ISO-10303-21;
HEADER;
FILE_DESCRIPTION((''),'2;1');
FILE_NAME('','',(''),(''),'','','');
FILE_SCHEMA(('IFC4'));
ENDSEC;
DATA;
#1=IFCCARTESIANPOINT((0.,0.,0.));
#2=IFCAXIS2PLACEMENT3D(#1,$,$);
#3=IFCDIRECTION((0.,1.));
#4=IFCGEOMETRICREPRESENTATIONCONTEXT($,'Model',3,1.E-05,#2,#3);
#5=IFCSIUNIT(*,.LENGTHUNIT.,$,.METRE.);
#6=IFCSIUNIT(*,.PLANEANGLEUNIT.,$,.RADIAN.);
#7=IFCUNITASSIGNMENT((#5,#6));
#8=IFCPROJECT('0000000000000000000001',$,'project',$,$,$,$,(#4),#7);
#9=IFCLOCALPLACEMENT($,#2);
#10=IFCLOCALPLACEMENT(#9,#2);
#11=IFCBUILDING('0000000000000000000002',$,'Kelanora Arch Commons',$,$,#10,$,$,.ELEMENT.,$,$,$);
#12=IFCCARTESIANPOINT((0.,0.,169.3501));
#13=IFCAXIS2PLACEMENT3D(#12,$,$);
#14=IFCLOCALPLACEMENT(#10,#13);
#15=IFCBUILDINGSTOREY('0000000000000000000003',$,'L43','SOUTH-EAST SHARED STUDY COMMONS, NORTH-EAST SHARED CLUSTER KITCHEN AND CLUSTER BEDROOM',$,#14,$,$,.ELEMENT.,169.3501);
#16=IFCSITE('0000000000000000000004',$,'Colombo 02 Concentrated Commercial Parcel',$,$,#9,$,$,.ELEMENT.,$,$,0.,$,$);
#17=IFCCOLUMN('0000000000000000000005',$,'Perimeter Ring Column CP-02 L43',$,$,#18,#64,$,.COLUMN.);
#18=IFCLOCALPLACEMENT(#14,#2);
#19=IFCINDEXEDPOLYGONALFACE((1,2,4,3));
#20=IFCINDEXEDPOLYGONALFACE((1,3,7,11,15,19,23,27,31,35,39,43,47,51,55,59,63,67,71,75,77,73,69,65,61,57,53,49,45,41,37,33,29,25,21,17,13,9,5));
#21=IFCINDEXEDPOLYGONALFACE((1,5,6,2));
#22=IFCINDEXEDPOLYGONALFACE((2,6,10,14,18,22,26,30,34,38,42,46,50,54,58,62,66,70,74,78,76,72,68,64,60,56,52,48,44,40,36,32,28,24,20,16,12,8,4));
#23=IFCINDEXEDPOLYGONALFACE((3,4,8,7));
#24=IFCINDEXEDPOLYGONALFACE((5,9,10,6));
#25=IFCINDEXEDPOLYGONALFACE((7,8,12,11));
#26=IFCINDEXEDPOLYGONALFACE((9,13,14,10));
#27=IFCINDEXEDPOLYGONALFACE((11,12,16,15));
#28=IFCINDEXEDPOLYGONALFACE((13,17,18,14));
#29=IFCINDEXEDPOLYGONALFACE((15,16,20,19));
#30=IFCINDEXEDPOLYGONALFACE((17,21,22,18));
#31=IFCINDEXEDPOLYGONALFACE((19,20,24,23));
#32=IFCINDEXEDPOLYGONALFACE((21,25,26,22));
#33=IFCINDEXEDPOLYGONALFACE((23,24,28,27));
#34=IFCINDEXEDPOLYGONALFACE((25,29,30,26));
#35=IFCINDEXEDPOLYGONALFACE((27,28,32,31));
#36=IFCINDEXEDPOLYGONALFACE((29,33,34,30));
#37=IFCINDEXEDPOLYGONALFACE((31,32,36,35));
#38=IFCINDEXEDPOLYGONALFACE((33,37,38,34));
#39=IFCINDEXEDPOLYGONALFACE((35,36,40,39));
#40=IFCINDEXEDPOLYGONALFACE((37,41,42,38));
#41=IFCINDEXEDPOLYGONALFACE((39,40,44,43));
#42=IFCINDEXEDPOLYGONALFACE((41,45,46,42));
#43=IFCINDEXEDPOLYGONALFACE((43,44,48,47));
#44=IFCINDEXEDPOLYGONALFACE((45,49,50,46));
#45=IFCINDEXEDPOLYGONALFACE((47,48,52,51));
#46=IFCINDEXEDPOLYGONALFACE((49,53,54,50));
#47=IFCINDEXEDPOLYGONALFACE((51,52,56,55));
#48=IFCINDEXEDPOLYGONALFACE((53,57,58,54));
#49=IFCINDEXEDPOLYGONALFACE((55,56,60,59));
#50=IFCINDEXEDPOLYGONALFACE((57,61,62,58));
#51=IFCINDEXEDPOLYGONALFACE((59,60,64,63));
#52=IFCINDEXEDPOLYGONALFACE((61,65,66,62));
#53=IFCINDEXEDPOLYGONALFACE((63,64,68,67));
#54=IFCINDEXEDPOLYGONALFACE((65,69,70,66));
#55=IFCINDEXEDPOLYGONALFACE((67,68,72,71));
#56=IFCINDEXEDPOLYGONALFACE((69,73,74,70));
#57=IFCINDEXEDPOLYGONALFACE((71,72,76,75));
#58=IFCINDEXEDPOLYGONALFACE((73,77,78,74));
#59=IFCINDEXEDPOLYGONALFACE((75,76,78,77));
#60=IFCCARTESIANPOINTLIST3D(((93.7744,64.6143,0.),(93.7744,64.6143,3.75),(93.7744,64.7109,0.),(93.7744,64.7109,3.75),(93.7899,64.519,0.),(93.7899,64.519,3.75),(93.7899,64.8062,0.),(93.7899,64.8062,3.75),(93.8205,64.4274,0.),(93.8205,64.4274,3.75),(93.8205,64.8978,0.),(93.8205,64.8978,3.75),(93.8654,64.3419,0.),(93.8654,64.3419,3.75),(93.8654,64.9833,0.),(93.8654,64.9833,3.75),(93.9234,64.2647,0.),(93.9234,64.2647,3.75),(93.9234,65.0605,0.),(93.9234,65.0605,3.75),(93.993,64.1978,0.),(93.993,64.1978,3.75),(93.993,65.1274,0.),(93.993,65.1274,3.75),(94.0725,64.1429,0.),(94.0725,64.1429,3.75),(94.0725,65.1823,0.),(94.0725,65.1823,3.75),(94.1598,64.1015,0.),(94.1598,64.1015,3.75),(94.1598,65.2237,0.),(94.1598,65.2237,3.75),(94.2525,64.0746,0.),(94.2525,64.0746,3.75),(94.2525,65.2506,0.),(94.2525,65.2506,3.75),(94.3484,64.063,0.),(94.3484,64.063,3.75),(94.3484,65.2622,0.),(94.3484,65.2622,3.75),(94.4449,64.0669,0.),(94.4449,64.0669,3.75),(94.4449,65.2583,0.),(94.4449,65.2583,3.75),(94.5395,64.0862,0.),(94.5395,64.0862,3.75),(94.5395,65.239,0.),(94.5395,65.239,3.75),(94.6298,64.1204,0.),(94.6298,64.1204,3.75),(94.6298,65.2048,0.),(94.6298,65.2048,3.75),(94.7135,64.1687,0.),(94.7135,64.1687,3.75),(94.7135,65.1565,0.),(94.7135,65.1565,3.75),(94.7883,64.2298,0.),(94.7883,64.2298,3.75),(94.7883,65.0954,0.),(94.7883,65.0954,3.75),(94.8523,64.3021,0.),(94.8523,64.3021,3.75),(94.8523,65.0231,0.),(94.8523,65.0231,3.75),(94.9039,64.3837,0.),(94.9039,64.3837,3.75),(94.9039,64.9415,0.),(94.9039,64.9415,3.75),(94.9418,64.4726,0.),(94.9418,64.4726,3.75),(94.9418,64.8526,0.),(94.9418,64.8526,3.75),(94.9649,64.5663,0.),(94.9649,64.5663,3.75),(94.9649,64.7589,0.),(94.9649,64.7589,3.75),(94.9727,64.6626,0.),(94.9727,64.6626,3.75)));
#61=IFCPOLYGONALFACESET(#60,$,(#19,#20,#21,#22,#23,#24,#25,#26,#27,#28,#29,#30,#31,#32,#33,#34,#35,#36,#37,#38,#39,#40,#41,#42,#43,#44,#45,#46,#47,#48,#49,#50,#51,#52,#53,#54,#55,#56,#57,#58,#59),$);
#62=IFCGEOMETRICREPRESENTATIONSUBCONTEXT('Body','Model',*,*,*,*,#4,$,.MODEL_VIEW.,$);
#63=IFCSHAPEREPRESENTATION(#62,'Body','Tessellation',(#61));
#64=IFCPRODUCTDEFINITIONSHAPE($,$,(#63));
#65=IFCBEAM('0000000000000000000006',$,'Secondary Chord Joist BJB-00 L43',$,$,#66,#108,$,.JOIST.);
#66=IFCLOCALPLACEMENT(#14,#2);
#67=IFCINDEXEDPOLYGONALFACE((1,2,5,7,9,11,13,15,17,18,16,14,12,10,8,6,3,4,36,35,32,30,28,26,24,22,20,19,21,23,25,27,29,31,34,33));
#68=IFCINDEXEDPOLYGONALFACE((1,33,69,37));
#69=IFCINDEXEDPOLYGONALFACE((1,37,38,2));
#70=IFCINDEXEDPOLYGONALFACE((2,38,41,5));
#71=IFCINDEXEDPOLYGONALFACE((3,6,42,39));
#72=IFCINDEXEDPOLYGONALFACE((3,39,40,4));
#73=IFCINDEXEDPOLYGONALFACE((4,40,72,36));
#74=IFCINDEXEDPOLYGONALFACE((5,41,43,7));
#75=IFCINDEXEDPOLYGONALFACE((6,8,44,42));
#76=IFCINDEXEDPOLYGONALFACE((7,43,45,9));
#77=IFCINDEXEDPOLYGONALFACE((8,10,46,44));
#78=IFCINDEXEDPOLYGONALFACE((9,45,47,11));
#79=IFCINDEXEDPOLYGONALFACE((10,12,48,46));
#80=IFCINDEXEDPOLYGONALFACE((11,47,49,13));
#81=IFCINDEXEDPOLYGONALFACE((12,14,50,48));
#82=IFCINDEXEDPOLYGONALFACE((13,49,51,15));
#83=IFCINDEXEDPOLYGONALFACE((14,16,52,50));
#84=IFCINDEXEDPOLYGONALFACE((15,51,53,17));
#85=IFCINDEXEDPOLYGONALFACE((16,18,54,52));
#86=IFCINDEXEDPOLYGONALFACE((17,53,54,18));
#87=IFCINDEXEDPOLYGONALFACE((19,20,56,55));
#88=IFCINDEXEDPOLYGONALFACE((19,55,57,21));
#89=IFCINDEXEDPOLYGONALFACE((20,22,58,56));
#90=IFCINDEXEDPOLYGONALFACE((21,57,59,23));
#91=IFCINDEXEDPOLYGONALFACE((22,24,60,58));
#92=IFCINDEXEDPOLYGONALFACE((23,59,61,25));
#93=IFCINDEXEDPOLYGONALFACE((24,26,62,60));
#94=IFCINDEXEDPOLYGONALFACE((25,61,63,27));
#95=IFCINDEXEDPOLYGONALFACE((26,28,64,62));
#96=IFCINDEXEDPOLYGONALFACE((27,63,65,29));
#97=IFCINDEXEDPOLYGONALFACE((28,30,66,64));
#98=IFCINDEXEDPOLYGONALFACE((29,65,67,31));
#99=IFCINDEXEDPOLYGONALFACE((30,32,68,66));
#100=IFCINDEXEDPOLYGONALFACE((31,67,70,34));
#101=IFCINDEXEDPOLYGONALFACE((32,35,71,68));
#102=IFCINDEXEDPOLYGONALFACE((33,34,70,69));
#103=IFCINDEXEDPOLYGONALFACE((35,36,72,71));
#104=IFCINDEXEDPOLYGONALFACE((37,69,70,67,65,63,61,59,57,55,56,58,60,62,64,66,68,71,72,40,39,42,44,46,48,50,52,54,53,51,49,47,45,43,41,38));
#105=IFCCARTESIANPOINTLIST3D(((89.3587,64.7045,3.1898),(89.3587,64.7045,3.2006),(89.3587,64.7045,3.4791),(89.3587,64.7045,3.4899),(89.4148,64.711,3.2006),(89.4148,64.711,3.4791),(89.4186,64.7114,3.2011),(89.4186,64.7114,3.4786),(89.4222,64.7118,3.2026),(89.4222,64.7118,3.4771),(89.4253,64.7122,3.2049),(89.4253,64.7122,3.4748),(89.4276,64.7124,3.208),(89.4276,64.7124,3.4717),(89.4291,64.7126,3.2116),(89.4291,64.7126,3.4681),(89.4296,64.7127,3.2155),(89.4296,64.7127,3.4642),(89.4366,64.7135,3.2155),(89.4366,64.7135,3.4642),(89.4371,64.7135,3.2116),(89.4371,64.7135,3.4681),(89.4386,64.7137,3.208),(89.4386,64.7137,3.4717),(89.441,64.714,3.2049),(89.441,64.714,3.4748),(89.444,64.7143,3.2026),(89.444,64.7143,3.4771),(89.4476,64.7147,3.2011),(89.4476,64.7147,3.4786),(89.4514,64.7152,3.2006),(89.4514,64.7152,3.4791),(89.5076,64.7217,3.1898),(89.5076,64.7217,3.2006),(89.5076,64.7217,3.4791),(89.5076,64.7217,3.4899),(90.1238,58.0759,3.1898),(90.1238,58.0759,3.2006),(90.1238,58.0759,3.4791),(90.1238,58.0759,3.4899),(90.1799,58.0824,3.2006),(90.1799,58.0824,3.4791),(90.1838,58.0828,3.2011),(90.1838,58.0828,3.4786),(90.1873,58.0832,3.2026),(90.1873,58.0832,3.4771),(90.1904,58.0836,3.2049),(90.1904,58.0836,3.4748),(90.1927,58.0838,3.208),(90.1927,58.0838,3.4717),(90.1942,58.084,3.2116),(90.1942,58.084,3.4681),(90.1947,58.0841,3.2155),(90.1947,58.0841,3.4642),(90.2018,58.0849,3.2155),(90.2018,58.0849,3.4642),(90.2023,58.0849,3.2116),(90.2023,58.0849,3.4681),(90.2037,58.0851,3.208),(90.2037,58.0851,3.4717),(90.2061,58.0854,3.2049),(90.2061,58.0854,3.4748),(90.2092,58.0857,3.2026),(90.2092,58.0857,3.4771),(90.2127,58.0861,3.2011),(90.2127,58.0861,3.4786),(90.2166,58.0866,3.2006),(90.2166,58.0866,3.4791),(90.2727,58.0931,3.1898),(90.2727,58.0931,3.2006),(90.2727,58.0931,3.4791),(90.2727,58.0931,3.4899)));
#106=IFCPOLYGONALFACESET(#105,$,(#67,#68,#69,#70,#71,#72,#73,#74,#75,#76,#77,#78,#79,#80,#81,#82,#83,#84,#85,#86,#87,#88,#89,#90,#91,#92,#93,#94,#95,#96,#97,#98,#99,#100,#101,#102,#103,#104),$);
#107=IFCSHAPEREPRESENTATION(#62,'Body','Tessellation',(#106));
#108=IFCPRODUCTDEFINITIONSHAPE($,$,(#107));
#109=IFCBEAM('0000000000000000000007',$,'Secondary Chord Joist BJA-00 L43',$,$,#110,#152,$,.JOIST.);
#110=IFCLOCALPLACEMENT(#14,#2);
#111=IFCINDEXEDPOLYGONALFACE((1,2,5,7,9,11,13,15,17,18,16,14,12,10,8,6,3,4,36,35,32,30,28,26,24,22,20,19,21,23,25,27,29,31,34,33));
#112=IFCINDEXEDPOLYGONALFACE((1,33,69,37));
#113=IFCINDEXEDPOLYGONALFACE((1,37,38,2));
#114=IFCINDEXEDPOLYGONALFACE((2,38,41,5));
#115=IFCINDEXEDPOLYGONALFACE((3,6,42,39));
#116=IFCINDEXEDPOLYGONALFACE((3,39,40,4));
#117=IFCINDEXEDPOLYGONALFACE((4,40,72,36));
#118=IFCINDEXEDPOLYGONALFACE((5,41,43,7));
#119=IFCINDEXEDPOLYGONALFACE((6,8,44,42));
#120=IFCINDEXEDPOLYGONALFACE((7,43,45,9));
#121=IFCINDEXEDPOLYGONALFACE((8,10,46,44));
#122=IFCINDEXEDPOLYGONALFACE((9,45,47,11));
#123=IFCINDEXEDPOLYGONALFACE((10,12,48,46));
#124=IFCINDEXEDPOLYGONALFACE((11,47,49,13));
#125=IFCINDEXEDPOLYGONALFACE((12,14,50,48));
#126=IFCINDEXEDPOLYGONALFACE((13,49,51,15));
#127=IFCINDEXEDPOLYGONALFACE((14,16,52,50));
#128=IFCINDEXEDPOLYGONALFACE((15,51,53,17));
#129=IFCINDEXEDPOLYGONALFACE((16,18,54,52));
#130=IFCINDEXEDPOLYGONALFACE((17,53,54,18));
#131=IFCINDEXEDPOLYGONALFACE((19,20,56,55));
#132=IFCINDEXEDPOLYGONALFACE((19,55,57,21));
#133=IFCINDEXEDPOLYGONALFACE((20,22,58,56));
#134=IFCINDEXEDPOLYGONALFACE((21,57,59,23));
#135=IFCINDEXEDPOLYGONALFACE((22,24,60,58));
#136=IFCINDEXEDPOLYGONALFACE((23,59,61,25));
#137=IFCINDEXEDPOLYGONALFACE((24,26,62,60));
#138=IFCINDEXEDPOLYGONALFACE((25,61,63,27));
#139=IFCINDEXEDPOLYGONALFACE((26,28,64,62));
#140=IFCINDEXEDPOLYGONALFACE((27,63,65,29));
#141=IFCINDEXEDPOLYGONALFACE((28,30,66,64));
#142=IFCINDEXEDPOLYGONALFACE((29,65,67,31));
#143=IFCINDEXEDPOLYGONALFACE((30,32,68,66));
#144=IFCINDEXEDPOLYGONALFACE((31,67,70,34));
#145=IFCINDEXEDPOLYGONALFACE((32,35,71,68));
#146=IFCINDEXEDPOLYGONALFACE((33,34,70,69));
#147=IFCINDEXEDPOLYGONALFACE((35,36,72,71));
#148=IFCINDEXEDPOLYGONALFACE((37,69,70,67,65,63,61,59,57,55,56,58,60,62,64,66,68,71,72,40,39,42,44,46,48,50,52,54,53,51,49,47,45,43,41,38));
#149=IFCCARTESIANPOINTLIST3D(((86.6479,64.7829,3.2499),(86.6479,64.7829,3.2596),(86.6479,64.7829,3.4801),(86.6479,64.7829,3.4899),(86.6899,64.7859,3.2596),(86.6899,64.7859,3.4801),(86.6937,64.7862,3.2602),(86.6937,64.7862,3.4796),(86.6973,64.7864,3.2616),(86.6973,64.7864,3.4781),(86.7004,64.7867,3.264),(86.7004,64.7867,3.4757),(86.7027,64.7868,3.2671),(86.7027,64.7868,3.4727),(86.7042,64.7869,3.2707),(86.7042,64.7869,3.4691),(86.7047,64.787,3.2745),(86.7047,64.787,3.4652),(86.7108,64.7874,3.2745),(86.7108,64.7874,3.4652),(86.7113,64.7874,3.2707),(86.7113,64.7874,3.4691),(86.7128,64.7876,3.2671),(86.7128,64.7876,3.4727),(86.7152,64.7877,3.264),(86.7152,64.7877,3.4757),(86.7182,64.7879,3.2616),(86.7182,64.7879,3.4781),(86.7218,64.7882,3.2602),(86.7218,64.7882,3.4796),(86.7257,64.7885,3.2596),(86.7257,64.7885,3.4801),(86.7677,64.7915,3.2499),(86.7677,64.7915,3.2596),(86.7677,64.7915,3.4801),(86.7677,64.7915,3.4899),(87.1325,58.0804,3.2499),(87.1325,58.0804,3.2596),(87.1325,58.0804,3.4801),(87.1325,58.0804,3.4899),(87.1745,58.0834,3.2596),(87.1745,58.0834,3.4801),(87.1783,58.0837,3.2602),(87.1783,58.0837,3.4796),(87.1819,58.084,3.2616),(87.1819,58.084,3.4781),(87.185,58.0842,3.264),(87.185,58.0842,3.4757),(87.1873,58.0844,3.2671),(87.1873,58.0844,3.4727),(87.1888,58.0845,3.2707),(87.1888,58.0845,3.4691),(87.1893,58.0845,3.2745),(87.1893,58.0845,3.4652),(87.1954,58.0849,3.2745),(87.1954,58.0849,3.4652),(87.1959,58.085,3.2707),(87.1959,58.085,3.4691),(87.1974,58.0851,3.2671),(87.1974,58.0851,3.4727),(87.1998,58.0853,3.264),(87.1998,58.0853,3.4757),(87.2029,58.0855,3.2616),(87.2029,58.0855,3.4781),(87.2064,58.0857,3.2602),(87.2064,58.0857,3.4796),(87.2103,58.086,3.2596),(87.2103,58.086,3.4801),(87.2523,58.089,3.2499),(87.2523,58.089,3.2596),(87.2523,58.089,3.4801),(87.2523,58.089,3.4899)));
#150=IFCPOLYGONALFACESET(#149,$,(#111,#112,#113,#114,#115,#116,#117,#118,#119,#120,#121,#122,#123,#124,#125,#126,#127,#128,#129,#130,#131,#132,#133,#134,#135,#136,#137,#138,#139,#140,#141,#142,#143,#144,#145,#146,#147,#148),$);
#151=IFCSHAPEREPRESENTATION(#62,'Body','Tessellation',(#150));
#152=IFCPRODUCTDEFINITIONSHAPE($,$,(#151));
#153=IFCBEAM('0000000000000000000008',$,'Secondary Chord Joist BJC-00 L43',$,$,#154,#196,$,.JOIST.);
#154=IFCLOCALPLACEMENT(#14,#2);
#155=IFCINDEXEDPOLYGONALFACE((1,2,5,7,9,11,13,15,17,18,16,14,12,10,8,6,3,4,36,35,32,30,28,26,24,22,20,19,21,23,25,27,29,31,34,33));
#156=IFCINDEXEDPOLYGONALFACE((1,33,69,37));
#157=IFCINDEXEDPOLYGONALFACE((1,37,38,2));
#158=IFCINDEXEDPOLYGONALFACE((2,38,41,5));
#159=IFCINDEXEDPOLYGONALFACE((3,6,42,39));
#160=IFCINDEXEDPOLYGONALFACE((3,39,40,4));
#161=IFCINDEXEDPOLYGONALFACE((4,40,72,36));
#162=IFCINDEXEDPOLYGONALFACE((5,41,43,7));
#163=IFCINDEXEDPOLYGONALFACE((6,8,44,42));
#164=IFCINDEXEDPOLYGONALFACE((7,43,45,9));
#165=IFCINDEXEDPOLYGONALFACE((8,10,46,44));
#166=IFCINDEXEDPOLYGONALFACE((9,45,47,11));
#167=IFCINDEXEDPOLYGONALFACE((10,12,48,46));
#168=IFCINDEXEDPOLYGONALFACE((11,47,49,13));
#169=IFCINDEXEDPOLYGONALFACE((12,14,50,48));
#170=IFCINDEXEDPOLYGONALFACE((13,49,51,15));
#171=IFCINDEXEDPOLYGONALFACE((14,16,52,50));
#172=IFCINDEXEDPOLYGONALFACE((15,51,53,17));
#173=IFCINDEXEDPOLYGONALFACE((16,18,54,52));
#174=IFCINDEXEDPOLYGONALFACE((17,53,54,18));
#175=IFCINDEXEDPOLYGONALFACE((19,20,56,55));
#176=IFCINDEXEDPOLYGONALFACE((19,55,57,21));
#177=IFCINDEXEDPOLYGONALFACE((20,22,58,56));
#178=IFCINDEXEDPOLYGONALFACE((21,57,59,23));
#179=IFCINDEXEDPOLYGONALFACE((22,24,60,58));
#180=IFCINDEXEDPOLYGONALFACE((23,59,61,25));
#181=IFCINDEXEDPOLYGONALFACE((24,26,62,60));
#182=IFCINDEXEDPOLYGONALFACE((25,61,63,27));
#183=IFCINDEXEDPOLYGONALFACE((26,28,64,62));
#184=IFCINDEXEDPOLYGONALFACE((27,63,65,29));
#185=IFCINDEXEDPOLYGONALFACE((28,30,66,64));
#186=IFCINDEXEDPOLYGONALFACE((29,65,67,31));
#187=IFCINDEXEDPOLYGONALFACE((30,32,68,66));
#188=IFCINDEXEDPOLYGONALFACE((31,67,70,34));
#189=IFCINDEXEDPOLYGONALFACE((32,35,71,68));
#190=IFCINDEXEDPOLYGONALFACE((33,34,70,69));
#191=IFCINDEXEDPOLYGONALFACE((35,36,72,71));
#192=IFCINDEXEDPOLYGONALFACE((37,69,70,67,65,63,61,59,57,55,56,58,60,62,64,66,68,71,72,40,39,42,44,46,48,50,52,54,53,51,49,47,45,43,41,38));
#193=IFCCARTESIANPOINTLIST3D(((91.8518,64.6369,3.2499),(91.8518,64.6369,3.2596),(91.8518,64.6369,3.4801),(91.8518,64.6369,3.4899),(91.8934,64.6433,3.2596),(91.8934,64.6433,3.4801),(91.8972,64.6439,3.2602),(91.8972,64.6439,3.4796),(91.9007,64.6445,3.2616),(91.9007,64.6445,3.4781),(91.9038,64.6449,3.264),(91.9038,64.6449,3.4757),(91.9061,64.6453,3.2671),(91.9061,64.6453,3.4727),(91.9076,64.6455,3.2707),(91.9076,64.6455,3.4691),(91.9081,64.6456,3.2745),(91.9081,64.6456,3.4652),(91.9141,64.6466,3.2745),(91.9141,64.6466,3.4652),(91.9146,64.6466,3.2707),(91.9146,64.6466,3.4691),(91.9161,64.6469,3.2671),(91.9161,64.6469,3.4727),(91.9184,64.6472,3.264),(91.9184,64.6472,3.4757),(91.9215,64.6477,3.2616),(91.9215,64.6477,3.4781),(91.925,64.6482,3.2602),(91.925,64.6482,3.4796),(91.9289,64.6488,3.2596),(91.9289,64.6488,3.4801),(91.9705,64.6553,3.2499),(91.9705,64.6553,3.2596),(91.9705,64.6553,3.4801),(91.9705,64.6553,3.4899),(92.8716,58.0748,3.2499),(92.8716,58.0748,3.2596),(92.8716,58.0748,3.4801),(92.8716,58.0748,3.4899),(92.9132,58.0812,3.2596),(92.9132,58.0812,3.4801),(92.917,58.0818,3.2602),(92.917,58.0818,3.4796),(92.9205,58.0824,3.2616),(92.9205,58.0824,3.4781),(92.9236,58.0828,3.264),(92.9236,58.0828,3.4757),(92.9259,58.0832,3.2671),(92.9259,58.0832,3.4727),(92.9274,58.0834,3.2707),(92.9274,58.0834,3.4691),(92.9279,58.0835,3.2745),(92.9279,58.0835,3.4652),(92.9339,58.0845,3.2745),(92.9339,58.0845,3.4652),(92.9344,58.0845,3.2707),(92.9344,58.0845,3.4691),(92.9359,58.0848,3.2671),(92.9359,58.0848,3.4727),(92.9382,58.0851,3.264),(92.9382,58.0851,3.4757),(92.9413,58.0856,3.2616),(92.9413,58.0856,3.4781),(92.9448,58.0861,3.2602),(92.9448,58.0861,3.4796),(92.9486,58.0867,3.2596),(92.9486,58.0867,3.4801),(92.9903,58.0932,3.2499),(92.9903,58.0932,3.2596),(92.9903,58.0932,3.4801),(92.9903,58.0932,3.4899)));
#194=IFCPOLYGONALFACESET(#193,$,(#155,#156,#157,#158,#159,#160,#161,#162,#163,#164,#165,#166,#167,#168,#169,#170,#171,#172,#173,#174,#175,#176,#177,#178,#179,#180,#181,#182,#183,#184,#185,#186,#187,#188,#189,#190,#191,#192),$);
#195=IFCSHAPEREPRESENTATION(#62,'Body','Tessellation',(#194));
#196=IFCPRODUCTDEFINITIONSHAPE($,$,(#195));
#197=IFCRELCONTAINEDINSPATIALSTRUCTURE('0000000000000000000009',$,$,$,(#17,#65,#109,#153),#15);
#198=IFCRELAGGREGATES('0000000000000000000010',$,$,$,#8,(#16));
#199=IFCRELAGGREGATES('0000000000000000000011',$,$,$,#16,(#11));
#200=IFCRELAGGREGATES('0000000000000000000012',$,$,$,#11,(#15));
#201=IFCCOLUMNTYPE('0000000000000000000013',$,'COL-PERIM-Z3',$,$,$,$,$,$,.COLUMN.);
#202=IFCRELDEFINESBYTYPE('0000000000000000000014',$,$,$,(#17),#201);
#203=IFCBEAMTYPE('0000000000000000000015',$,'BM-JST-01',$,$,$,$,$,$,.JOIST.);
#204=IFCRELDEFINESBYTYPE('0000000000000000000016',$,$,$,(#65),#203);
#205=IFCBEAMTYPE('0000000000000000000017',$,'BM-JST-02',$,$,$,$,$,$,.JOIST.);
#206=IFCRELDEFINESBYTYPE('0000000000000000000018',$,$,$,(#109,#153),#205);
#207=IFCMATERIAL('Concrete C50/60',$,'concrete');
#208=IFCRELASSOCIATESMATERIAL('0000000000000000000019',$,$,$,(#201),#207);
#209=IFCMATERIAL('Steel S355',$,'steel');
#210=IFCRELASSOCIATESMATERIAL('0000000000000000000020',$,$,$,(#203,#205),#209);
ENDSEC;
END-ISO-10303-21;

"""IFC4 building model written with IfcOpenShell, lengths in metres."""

from ifc_helpers import new_model, si_unit, direction, frame, origin, origin_2d, place, context, subcontext, project, spatial, circle, i_section, extrude, material, material_profile, profile_set, type_object, element, save


model = new_model("IFC4")

# Units and contexts
model_context = context("Model", 3, precision=1e-05, world=origin(), true_north=direction((0.0, 1.0)))
body_context = subcontext(model_context, "Body", "Model", "MODEL_VIEW")
ifc_project = project(units=[si_unit("LENGTHUNIT", "METRE"), si_unit("PLANEANGLEUNIT", "RADIAN")], contexts=[model_context])

# Site, building, storey
site_placement = place(None, origin())
site = spatial("IfcSite", under=ifc_project, at=site_placement, Name="Colombo 02 Concentrated Commercial Parcel", CompositionType="ELEMENT", RefElevation=0.0)
building_placement = place(site_placement, origin())
building = spatial("IfcBuilding", under=site, at=building_placement, Name="Kelanora Arch Commons", CompositionType="ELEMENT")
storey_placement = place(building_placement, frame((0.0, 0.0, 169.3501)))
storey = spatial("IfcBuildingStorey", under=building, at=storey_placement, Name="L43", Description="SOUTH-EAST SHARED STUDY COMMONS, NORTH-EAST SHARED CLUSTER KITCHEN AND CLUSTER BEDROOM", CompositionType="ELEMENT", Elevation=169.3501)

# Column
ifc_material_1 = material(Name="Concrete C50/60", Category="concrete")
ifc_material_profile_1 = material_profile(ifc_material_1, circle(Radius=0.6001, at=origin_2d()), Name="RCC1200")
ifc_profile_set_1 = profile_set([ifc_material_profile_1], Name="Concrete C50/60")
column_type = type_object("IfcColumnType", Name="COL-PERIM-Z3", PredefinedType="COLUMN", material=ifc_profile_set_1)
column_placement = place(storey_placement, frame((94.3726, 64.6626, 0.0), z_axis=(0.0, 0.0, 1.0), x_axis=(1.0, 0.0, 0.0)))
element("IfcColumn", 1, at=column_placement, inside=storey, type_object=column_type, Name="Perimeter Ring Column CP-02 L43", PredefinedType="COLUMN", context=body_context, shape_type="SweptSolid", body=[
    extrude(circle(Radius=0.6001, at=origin_2d()), origin(), (0.0, 0.0, 1.0), 3.75),
])

# Beams
ifc_material_2 = material(Name="Steel S355", Category="steel")
ifc_material_profile_2 = material_profile(ifc_material_2, i_section(OverallWidth=0.1499, OverallDepth=0.3, WebThickness=0.0071, FlangeThickness=0.0107, FilletRadius=0.0149, at=origin_2d()), Name="IPE300")
ifc_profile_set_2 = profile_set([ifc_material_profile_2], Name="Steel S355")
beam_type_1 = type_object("IfcBeamType", Name="BM-JST-01", PredefinedType="JOIST", material=ifc_profile_set_2)
beam_1_placement = place(storey_placement, frame((90.1982, 58.0845, 3.3398), z_axis=(-0.114667, 0.993404, 0.0), x_axis=(-0.993404, -0.114667, 0.0)))
element("IfcBeam", 2, at=beam_1_placement, inside=storey, type_object=beam_type_1, Name="Secondary Chord Joist BJB-00 L43", PredefinedType="JOIST", context=body_context, shape_type="SweptSolid", body=[
    extrude(i_section(OverallWidth=0.1499, OverallDepth=0.3, WebThickness=0.0071, FlangeThickness=0.0107, FilletRadius=0.0149, at=origin_2d()), origin(), (0.0, 0.0, 1.0), 6.6726),
])
ifc_material_profile_3 = material_profile(ifc_material_2, i_section(OverallWidth=0.1201, OverallDepth=0.24, WebThickness=0.0061, FlangeThickness=0.0098, FilletRadius=0.0149, at=origin_2d()), Name="IPE240")
ifc_profile_set_3 = profile_set([ifc_material_profile_3], Name="Steel S355")
beam_type_2 = type_object("IfcBeamType", Name="BM-JST-02", PredefinedType="JOIST", material=ifc_profile_set_3)
beam_2_placement = place(storey_placement, frame((87.1924, 58.0847, 3.3699), z_axis=(-0.072117, 0.997396, 0.0), x_axis=(-0.997396, -0.072117, 0.0)))
element("IfcBeam", 3, at=beam_2_placement, inside=storey, type_object=beam_type_2, Name="Secondary Chord Joist BJA-00 L43", PredefinedType="JOIST", context=body_context, shape_type="SweptSolid", body=[
    extrude(i_section(OverallWidth=0.1201, OverallDepth=0.24, WebThickness=0.0061, FlangeThickness=0.0098, FilletRadius=0.0149, at=origin_2d()), origin(), (0.0, 0.0, 1.0), 6.72),
])
beam_3_placement = place(storey_placement, frame((92.9309, 58.084, 3.3699), z_axis=(-0.153563, 0.988139, 0.0), x_axis=(-0.988139, -0.153563, 0.0)))
element("IfcBeam", 4, at=beam_3_placement, inside=storey, type_object=beam_type_2, Name="Secondary Chord Joist BJC-00 L43", PredefinedType="JOIST", context=body_context, shape_type="SweptSolid", body=[
    extrude(i_section(OverallWidth=0.1201, OverallDepth=0.24, WebThickness=0.0061, FlangeThickness=0.0098, FilletRadius=0.0149, at=origin_2d()), origin(), (0.0, 0.0, 1.0), 6.6409),
])

save(model, "model.ifc")
